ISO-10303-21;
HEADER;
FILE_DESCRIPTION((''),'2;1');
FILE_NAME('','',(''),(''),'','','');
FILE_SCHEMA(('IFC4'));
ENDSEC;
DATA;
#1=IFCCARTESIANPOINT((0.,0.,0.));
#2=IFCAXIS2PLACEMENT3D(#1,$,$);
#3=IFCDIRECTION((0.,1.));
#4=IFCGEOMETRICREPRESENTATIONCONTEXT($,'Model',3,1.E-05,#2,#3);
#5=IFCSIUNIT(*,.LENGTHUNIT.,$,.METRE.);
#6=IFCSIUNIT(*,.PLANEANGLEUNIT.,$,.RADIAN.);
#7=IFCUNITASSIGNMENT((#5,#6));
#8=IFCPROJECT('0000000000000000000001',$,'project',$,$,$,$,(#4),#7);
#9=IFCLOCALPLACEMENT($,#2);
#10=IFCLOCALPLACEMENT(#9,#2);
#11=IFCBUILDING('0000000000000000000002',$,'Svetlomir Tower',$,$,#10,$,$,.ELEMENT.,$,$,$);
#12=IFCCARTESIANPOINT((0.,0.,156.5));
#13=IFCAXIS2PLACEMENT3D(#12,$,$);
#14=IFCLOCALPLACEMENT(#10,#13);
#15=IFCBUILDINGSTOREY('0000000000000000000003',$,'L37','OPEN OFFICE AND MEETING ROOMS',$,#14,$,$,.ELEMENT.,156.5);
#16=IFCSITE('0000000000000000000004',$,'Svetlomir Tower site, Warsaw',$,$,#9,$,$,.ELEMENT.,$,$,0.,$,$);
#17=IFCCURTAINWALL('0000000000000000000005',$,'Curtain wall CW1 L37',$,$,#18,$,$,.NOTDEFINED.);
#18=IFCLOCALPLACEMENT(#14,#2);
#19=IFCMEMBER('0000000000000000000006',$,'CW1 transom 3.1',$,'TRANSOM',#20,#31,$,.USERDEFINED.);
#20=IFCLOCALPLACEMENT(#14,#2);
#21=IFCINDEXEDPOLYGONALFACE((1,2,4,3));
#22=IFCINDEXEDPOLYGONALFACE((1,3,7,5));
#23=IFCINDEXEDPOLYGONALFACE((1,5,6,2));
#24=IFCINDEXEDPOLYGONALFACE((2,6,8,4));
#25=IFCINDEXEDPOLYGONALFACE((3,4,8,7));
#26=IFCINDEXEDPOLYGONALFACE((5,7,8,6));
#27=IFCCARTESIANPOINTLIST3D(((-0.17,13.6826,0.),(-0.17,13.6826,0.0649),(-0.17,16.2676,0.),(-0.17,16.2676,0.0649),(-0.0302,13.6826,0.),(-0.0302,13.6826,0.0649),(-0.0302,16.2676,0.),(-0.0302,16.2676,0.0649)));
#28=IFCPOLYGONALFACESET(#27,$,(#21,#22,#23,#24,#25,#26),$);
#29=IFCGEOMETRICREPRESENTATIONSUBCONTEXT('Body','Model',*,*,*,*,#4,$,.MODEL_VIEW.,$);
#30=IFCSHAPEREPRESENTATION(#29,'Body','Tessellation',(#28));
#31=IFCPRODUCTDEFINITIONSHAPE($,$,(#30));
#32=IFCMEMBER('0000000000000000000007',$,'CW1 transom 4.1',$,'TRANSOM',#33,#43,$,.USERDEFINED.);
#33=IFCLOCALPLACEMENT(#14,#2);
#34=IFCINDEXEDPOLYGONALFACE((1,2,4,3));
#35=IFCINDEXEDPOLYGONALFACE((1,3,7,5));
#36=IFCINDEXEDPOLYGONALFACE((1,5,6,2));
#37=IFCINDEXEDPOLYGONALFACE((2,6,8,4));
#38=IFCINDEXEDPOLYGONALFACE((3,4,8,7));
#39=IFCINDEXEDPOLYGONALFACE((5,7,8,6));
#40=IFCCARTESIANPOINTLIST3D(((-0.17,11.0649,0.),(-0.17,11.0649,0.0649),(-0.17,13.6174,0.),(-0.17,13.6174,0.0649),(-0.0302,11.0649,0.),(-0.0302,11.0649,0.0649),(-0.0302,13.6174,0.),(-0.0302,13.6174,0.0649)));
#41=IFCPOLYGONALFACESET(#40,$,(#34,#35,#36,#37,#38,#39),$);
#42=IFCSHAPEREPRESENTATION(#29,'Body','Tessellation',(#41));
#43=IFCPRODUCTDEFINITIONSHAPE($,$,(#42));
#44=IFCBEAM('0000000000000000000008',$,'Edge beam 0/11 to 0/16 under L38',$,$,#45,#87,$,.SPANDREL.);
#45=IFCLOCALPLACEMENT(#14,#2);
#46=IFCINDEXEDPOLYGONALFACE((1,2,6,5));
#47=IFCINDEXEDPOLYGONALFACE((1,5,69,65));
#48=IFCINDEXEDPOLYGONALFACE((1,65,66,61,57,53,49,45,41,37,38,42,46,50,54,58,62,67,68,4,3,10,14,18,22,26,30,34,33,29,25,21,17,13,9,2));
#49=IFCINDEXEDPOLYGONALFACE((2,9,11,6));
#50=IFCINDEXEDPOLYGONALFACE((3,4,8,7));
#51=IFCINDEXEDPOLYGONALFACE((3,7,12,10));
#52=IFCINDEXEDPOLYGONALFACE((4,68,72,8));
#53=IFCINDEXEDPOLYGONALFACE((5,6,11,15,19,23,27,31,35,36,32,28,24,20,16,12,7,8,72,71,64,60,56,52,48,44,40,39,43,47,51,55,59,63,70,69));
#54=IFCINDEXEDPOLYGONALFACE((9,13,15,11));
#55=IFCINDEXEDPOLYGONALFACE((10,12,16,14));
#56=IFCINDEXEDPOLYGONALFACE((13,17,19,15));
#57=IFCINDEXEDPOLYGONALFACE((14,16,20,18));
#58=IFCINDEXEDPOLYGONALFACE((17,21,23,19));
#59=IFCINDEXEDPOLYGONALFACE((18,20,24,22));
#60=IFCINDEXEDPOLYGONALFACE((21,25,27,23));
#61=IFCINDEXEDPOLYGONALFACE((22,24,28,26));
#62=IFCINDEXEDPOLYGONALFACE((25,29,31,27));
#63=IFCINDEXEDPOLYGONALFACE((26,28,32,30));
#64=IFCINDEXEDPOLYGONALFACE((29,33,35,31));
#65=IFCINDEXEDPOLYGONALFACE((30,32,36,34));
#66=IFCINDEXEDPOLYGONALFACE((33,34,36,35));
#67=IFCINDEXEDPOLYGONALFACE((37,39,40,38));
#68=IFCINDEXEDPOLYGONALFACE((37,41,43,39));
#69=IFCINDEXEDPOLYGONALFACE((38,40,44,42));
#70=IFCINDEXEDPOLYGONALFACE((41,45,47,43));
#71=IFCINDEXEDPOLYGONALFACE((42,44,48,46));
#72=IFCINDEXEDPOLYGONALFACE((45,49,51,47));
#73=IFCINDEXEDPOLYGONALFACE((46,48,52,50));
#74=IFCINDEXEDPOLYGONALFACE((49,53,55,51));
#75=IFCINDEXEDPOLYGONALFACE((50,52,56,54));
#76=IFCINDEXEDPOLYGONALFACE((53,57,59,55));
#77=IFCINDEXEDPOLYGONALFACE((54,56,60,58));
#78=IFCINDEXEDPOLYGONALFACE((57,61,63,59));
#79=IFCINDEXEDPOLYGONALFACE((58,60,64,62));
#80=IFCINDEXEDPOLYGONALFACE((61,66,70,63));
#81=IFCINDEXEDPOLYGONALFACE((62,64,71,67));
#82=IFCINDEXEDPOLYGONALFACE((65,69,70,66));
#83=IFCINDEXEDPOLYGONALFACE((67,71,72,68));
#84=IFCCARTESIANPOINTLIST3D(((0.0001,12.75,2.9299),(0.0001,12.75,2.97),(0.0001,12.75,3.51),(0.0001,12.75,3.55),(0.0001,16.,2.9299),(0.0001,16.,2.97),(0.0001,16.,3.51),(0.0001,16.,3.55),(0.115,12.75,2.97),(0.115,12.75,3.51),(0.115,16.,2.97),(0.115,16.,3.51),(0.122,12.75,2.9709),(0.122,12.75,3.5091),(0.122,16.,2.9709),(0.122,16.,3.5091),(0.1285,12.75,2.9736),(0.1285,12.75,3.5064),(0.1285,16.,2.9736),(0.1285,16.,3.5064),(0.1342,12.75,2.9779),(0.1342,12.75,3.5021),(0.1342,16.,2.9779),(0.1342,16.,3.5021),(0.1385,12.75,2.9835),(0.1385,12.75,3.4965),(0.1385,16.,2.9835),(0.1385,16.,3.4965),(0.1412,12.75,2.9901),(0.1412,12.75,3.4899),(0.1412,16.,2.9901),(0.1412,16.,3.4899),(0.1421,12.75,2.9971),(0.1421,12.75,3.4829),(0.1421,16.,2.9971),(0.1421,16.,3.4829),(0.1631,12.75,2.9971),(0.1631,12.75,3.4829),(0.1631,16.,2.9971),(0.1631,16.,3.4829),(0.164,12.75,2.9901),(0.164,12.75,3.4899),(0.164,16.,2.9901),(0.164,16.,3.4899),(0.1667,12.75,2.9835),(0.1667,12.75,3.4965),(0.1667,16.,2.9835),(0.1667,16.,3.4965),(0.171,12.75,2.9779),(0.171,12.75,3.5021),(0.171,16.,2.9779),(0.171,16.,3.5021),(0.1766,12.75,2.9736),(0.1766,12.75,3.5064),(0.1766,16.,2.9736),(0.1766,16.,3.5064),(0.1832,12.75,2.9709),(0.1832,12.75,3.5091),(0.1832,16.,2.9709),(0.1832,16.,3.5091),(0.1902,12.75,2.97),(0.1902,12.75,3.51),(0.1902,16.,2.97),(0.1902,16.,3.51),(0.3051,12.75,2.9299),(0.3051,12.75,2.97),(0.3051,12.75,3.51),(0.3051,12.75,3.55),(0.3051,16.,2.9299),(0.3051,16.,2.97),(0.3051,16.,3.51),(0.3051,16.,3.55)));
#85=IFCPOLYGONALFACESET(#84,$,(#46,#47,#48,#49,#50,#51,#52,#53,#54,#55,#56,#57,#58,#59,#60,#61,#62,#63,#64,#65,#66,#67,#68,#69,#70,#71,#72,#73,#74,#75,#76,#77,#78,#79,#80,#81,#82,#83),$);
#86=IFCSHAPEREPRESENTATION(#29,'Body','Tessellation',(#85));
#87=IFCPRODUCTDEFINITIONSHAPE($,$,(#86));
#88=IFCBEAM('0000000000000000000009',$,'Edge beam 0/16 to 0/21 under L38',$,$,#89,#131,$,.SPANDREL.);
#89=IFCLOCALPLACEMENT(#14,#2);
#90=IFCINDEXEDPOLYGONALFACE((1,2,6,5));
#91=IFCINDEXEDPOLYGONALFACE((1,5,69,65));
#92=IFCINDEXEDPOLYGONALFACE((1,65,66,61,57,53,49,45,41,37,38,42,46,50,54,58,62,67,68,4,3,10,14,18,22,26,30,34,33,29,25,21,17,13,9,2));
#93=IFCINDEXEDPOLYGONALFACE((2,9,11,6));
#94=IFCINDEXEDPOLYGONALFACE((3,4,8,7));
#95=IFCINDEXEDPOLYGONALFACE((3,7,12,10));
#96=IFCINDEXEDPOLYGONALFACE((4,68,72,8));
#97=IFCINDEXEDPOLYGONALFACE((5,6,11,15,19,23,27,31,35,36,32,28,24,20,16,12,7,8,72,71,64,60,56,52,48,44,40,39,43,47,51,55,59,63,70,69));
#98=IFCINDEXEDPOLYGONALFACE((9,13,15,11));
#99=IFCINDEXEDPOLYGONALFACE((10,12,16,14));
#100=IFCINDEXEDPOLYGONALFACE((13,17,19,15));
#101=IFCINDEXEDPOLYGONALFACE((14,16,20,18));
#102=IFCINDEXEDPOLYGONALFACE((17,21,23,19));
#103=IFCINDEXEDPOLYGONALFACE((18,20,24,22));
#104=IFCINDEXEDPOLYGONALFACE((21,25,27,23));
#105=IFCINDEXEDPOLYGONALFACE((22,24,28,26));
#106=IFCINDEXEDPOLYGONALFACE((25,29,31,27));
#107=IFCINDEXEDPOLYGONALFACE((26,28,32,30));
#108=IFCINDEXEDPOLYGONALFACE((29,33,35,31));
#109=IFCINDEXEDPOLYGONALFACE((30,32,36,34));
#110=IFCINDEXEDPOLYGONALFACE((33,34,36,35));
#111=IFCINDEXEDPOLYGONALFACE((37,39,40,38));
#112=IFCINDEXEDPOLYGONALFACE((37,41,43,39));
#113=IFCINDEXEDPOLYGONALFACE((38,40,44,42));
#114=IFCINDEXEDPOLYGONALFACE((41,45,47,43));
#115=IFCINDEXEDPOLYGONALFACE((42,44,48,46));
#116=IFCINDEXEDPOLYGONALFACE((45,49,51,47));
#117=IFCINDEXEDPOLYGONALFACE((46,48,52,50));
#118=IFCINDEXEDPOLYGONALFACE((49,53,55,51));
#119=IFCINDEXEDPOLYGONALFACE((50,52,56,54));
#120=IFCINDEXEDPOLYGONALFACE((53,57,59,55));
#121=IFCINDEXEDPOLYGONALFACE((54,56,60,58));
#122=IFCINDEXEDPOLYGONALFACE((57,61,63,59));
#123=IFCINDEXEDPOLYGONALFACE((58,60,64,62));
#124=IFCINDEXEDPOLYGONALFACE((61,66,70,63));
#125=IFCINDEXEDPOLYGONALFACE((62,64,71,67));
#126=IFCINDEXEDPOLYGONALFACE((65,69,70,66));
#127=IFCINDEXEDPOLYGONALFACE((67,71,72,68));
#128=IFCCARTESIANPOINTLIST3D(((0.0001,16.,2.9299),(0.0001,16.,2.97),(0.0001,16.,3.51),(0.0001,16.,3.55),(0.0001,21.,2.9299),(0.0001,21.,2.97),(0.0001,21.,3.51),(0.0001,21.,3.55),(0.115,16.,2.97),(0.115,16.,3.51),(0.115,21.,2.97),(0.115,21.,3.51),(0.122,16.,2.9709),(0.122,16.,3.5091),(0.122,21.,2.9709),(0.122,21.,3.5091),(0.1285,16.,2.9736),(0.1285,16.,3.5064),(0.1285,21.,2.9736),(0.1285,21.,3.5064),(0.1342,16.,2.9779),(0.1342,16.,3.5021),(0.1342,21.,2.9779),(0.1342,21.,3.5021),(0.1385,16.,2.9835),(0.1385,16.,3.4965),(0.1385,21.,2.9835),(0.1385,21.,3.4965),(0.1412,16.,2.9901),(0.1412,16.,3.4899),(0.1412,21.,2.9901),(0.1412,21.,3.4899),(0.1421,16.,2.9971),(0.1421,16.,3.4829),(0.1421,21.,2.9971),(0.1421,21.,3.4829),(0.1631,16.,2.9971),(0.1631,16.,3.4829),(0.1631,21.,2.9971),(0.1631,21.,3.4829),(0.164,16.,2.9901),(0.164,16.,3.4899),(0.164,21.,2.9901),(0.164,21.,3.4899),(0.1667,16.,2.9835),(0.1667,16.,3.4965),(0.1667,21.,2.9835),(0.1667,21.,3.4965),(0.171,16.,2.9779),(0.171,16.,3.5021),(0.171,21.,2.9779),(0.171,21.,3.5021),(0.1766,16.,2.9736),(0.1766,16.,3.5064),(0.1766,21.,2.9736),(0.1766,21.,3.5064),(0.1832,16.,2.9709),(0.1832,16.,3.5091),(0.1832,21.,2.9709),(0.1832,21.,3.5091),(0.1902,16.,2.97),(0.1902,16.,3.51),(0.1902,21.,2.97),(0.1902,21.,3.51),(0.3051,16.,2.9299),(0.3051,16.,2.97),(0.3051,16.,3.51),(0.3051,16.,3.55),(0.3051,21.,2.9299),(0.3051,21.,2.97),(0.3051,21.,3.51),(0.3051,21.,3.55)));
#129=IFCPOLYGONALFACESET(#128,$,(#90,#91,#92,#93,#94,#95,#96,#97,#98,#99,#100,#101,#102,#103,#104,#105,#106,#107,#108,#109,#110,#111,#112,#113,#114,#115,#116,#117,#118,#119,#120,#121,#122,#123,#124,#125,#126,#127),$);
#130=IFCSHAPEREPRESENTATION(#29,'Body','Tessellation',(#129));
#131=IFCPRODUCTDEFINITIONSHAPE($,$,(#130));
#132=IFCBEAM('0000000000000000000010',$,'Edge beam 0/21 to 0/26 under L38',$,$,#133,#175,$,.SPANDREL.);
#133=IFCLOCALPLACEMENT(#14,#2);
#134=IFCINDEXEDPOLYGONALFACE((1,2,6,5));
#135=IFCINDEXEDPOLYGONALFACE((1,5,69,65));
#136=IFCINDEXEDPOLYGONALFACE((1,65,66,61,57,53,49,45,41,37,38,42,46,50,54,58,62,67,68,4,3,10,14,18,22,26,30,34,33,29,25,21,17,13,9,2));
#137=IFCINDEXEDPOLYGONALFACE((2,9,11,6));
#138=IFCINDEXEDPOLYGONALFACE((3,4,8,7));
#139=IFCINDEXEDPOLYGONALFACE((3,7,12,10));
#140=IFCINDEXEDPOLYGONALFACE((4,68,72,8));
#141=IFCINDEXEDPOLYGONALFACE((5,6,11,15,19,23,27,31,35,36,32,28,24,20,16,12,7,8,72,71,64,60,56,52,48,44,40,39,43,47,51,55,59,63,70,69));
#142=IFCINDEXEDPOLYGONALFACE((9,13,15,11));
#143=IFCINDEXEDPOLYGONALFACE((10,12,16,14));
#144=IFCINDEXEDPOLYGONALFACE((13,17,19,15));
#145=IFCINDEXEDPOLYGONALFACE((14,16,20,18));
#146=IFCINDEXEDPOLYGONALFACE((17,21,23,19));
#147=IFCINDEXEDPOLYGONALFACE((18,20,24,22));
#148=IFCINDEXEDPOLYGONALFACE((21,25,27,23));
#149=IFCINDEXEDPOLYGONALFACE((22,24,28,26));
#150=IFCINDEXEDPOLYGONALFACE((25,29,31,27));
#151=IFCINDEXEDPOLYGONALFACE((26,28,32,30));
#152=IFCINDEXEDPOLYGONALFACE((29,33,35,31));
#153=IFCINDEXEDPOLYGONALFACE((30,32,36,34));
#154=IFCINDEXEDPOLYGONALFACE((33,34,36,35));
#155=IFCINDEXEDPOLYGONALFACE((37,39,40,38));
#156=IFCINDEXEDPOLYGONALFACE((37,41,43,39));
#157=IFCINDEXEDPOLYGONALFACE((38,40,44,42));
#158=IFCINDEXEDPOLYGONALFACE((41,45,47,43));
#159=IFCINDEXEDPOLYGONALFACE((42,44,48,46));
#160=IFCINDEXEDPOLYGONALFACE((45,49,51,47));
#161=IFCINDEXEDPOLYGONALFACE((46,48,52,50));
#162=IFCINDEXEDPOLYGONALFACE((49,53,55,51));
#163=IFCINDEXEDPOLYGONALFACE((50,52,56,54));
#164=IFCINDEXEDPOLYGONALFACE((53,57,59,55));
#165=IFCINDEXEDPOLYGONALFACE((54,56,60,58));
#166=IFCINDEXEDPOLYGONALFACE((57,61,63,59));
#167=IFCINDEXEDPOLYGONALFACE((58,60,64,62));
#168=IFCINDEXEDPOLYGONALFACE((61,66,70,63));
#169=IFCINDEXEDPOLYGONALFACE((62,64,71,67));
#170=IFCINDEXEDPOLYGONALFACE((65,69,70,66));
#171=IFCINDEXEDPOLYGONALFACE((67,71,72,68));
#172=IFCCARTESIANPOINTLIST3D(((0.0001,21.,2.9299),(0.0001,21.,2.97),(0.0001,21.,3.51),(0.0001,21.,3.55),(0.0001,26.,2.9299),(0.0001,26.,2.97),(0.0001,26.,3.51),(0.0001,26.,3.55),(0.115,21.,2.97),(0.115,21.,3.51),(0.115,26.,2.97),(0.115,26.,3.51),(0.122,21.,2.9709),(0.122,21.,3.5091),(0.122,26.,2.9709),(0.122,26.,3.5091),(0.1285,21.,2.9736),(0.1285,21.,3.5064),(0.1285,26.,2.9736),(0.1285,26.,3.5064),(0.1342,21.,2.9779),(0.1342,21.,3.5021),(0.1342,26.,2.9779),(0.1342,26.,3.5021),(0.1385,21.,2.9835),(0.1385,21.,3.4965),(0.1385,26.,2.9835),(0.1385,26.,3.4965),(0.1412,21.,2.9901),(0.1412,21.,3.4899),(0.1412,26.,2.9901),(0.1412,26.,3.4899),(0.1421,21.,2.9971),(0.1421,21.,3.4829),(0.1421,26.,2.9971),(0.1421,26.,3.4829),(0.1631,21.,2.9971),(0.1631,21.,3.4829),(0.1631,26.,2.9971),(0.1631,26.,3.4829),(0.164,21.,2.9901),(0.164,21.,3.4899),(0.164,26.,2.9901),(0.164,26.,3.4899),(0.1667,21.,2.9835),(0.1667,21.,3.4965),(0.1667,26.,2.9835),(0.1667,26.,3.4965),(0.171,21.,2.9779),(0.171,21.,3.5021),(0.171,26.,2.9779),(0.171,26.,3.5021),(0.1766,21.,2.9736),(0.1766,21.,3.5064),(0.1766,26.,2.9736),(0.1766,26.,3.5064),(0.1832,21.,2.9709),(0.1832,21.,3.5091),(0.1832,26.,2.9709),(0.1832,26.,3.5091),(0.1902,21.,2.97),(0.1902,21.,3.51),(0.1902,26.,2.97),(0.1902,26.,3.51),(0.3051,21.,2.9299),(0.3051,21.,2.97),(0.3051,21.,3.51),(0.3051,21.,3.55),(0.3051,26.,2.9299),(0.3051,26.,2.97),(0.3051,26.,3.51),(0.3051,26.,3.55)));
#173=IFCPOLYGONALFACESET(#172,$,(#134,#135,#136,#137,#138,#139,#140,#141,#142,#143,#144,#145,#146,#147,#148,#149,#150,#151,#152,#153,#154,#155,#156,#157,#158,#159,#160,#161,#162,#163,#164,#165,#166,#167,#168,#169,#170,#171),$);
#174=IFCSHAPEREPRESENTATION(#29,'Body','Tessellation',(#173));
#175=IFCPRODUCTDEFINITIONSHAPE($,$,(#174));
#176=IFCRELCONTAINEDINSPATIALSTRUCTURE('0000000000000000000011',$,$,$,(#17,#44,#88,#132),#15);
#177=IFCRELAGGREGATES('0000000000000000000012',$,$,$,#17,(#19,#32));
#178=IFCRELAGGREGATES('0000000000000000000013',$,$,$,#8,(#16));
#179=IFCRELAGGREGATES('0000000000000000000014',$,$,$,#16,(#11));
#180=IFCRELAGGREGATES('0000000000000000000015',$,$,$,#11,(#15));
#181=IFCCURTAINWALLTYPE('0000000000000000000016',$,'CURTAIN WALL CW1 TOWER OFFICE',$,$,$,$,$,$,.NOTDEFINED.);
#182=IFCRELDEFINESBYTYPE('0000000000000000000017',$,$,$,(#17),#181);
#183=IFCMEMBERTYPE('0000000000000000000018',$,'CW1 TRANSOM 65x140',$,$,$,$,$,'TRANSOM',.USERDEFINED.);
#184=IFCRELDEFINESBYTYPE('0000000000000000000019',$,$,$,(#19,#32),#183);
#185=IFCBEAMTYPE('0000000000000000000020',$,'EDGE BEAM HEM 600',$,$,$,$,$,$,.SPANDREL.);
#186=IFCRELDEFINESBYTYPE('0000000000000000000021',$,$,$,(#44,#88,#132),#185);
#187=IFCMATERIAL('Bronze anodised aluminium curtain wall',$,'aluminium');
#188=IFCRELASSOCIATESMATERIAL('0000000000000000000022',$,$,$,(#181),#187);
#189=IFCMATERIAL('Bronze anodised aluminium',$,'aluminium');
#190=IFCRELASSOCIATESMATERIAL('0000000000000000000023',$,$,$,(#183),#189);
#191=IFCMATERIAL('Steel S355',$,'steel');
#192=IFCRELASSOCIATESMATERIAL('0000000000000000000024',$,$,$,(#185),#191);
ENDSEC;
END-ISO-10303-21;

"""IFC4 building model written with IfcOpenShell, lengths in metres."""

from ifc_helpers import new_model, si_unit, direction, frame, origin, origin_2d, place, context, subcontext, project, spatial, rectangle, i_section, extrude, material, material_profile, profile_set, type_object, element, aggregate, save


model = new_model("IFC4")

# Units and contexts
model_context = context("Model", 3, precision=1e-05, world=origin(), true_north=direction((0.0, 1.0)))
body_context = subcontext(model_context, "Body", "Model", "MODEL_VIEW")
ifc_project = project(units=[si_unit("LENGTHUNIT", "METRE"), si_unit("PLANEANGLEUNIT", "RADIAN")], contexts=[model_context])

# Site, building, storey
site_placement = place(None, origin())
site = spatial("IfcSite", under=ifc_project, at=site_placement, Name="Svetlomir Tower site, Warsaw", CompositionType="ELEMENT", RefElevation=0.0)
building_placement = place(site_placement, origin())
building = spatial("IfcBuilding", under=site, at=building_placement, Name="Svetlomir Tower", CompositionType="ELEMENT")
storey_placement = place(building_placement, frame((0.0, 0.0, 156.5)))
storey = spatial("IfcBuildingStorey", under=building, at=storey_placement, Name="L37", Description="OPEN OFFICE AND MEETING ROOMS", CompositionType="ELEMENT", Elevation=156.5)

# Curtain wall
ifc_material_1 = material(Name="Bronze anodised aluminium curtain wall", Category="aluminium")
curtain_wall_type = type_object("IfcCurtainWallType", Name="CURTAIN WALL CW1 TOWER OFFICE", PredefinedType="NOTDEFINED", material=ifc_material_1)
curtain_wall_1_placement = place(storey_placement, origin())
curtain_wall_1 = element("IfcCurtainWall", 1, at=curtain_wall_1_placement, inside=storey, type_object=curtain_wall_type, Name="Curtain wall CW1 L37", PredefinedType="NOTDEFINED")

# Members
ifc_material_2 = material(Name="Bronze anodised aluminium", Category="aluminium")
ifc_material_profile_1 = material_profile(ifc_material_2, rectangle(XDim=0.1399, YDim=0.0649, at=origin_2d()), Name="AL 140x65")
ifc_profile_set_1 = profile_set([ifc_material_profile_1], Name="Bronze anodised aluminium 6063-T6")
member_type_1 = type_object("IfcMemberType", Name="CW1 TRANSOM 65x140", ElementType="TRANSOM", PredefinedType="USERDEFINED", material=ifc_profile_set_1)
member_1_placement = place(storey_placement, frame((-0.1001, 16.2676, 0.0325), z_axis=(0.0, -1.0, 0.0), x_axis=(1.0, 0.0, 0.0)))
member_1 = element("IfcMember", 2, at=member_1_placement, type_object=member_type_1, Name="CW1 transom 3.1", ObjectType="TRANSOM", PredefinedType="USERDEFINED", context=body_context, shape_type="SweptSolid", body=[
    extrude(rectangle(XDim=0.1399, YDim=0.0649, at=origin_2d()), origin(), (0.0, 0.0, 1.0), 2.585),
])
member_2_placement = place(storey_placement, frame((-0.1001, 13.6174, 0.0325), z_axis=(0.0, -1.0, 0.0), x_axis=(1.0, 0.0, 0.0)))
member_2 = element("IfcMember", 3, at=member_2_placement, type_object=member_type_1, Name="CW1 transom 4.1", ObjectType="TRANSOM", PredefinedType="USERDEFINED", context=body_context, shape_type="SweptSolid", body=[
    extrude(rectangle(XDim=0.1399, YDim=0.0649, at=origin_2d()), origin(), (0.0, 0.0, 1.0), 2.5525),
])

# Beams
ifc_material_3 = material(Name="Steel S355", Category="steel")
ifc_material_profile_2 = material_profile(ifc_material_3, i_section(OverallWidth=0.3049, OverallDepth=0.6201, WebThickness=0.021, FlangeThickness=0.04, FilletRadius=0.0271, at=origin_2d()), Name="HEM 600")
ifc_profile_set_2 = profile_set([ifc_material_profile_2], Name="Steel S355")
beam_type_1 = type_object("IfcBeamType", Name="EDGE BEAM HEM 600", PredefinedType="SPANDREL", material=ifc_profile_set_2)
beam_1_placement = place(storey_placement, frame((0.1526, 12.75, 3.24), z_axis=(0.0, 1.0, 0.0), x_axis=(-1.0, 0.0, 0.0)))
element("IfcBeam", 4, at=beam_1_placement, inside=storey, type_object=beam_type_1, Name="Edge beam 0/11 to 0/16 under L38", PredefinedType="SPANDREL", context=body_context, shape_type="SweptSolid", body=[
    extrude(i_section(OverallWidth=0.3049, OverallDepth=0.6201, WebThickness=0.021, FlangeThickness=0.04, FilletRadius=0.0271, at=origin_2d()), origin(), (0.0, 0.0, 1.0), 3.25),
])
for number, where, z_axis, x_axis, name in (
    (5, (0.1526, 16.0, 3.24), (0.0, 1.0, 0.0), (-1.0, 0.0, 0.0), "Edge beam 0/16 to 0/21 under L38"),
    (6, (0.1526, 21.0, 3.24), (0.0, 1.0, 0.0), (-1.0, 0.0, 0.0), "Edge beam 0/21 to 0/26 under L38"),
):
    element("IfcBeam", number, at=place(storey_placement, frame(where, z_axis=z_axis, x_axis=x_axis)), inside=storey, type_object=beam_type_1, Name=name, PredefinedType="SPANDREL", context=body_context, shape_type="SweptSolid", body=[
        extrude(i_section(OverallWidth=0.3049, OverallDepth=0.6201, WebThickness=0.021, FlangeThickness=0.04, FilletRadius=0.0271, at=origin_2d()), origin(), (0.0, 0.0, 1.0), 5.0),
    ])

aggregate(curtain_wall_1, [member_1, member_2])

save(model, "model.ifc")
